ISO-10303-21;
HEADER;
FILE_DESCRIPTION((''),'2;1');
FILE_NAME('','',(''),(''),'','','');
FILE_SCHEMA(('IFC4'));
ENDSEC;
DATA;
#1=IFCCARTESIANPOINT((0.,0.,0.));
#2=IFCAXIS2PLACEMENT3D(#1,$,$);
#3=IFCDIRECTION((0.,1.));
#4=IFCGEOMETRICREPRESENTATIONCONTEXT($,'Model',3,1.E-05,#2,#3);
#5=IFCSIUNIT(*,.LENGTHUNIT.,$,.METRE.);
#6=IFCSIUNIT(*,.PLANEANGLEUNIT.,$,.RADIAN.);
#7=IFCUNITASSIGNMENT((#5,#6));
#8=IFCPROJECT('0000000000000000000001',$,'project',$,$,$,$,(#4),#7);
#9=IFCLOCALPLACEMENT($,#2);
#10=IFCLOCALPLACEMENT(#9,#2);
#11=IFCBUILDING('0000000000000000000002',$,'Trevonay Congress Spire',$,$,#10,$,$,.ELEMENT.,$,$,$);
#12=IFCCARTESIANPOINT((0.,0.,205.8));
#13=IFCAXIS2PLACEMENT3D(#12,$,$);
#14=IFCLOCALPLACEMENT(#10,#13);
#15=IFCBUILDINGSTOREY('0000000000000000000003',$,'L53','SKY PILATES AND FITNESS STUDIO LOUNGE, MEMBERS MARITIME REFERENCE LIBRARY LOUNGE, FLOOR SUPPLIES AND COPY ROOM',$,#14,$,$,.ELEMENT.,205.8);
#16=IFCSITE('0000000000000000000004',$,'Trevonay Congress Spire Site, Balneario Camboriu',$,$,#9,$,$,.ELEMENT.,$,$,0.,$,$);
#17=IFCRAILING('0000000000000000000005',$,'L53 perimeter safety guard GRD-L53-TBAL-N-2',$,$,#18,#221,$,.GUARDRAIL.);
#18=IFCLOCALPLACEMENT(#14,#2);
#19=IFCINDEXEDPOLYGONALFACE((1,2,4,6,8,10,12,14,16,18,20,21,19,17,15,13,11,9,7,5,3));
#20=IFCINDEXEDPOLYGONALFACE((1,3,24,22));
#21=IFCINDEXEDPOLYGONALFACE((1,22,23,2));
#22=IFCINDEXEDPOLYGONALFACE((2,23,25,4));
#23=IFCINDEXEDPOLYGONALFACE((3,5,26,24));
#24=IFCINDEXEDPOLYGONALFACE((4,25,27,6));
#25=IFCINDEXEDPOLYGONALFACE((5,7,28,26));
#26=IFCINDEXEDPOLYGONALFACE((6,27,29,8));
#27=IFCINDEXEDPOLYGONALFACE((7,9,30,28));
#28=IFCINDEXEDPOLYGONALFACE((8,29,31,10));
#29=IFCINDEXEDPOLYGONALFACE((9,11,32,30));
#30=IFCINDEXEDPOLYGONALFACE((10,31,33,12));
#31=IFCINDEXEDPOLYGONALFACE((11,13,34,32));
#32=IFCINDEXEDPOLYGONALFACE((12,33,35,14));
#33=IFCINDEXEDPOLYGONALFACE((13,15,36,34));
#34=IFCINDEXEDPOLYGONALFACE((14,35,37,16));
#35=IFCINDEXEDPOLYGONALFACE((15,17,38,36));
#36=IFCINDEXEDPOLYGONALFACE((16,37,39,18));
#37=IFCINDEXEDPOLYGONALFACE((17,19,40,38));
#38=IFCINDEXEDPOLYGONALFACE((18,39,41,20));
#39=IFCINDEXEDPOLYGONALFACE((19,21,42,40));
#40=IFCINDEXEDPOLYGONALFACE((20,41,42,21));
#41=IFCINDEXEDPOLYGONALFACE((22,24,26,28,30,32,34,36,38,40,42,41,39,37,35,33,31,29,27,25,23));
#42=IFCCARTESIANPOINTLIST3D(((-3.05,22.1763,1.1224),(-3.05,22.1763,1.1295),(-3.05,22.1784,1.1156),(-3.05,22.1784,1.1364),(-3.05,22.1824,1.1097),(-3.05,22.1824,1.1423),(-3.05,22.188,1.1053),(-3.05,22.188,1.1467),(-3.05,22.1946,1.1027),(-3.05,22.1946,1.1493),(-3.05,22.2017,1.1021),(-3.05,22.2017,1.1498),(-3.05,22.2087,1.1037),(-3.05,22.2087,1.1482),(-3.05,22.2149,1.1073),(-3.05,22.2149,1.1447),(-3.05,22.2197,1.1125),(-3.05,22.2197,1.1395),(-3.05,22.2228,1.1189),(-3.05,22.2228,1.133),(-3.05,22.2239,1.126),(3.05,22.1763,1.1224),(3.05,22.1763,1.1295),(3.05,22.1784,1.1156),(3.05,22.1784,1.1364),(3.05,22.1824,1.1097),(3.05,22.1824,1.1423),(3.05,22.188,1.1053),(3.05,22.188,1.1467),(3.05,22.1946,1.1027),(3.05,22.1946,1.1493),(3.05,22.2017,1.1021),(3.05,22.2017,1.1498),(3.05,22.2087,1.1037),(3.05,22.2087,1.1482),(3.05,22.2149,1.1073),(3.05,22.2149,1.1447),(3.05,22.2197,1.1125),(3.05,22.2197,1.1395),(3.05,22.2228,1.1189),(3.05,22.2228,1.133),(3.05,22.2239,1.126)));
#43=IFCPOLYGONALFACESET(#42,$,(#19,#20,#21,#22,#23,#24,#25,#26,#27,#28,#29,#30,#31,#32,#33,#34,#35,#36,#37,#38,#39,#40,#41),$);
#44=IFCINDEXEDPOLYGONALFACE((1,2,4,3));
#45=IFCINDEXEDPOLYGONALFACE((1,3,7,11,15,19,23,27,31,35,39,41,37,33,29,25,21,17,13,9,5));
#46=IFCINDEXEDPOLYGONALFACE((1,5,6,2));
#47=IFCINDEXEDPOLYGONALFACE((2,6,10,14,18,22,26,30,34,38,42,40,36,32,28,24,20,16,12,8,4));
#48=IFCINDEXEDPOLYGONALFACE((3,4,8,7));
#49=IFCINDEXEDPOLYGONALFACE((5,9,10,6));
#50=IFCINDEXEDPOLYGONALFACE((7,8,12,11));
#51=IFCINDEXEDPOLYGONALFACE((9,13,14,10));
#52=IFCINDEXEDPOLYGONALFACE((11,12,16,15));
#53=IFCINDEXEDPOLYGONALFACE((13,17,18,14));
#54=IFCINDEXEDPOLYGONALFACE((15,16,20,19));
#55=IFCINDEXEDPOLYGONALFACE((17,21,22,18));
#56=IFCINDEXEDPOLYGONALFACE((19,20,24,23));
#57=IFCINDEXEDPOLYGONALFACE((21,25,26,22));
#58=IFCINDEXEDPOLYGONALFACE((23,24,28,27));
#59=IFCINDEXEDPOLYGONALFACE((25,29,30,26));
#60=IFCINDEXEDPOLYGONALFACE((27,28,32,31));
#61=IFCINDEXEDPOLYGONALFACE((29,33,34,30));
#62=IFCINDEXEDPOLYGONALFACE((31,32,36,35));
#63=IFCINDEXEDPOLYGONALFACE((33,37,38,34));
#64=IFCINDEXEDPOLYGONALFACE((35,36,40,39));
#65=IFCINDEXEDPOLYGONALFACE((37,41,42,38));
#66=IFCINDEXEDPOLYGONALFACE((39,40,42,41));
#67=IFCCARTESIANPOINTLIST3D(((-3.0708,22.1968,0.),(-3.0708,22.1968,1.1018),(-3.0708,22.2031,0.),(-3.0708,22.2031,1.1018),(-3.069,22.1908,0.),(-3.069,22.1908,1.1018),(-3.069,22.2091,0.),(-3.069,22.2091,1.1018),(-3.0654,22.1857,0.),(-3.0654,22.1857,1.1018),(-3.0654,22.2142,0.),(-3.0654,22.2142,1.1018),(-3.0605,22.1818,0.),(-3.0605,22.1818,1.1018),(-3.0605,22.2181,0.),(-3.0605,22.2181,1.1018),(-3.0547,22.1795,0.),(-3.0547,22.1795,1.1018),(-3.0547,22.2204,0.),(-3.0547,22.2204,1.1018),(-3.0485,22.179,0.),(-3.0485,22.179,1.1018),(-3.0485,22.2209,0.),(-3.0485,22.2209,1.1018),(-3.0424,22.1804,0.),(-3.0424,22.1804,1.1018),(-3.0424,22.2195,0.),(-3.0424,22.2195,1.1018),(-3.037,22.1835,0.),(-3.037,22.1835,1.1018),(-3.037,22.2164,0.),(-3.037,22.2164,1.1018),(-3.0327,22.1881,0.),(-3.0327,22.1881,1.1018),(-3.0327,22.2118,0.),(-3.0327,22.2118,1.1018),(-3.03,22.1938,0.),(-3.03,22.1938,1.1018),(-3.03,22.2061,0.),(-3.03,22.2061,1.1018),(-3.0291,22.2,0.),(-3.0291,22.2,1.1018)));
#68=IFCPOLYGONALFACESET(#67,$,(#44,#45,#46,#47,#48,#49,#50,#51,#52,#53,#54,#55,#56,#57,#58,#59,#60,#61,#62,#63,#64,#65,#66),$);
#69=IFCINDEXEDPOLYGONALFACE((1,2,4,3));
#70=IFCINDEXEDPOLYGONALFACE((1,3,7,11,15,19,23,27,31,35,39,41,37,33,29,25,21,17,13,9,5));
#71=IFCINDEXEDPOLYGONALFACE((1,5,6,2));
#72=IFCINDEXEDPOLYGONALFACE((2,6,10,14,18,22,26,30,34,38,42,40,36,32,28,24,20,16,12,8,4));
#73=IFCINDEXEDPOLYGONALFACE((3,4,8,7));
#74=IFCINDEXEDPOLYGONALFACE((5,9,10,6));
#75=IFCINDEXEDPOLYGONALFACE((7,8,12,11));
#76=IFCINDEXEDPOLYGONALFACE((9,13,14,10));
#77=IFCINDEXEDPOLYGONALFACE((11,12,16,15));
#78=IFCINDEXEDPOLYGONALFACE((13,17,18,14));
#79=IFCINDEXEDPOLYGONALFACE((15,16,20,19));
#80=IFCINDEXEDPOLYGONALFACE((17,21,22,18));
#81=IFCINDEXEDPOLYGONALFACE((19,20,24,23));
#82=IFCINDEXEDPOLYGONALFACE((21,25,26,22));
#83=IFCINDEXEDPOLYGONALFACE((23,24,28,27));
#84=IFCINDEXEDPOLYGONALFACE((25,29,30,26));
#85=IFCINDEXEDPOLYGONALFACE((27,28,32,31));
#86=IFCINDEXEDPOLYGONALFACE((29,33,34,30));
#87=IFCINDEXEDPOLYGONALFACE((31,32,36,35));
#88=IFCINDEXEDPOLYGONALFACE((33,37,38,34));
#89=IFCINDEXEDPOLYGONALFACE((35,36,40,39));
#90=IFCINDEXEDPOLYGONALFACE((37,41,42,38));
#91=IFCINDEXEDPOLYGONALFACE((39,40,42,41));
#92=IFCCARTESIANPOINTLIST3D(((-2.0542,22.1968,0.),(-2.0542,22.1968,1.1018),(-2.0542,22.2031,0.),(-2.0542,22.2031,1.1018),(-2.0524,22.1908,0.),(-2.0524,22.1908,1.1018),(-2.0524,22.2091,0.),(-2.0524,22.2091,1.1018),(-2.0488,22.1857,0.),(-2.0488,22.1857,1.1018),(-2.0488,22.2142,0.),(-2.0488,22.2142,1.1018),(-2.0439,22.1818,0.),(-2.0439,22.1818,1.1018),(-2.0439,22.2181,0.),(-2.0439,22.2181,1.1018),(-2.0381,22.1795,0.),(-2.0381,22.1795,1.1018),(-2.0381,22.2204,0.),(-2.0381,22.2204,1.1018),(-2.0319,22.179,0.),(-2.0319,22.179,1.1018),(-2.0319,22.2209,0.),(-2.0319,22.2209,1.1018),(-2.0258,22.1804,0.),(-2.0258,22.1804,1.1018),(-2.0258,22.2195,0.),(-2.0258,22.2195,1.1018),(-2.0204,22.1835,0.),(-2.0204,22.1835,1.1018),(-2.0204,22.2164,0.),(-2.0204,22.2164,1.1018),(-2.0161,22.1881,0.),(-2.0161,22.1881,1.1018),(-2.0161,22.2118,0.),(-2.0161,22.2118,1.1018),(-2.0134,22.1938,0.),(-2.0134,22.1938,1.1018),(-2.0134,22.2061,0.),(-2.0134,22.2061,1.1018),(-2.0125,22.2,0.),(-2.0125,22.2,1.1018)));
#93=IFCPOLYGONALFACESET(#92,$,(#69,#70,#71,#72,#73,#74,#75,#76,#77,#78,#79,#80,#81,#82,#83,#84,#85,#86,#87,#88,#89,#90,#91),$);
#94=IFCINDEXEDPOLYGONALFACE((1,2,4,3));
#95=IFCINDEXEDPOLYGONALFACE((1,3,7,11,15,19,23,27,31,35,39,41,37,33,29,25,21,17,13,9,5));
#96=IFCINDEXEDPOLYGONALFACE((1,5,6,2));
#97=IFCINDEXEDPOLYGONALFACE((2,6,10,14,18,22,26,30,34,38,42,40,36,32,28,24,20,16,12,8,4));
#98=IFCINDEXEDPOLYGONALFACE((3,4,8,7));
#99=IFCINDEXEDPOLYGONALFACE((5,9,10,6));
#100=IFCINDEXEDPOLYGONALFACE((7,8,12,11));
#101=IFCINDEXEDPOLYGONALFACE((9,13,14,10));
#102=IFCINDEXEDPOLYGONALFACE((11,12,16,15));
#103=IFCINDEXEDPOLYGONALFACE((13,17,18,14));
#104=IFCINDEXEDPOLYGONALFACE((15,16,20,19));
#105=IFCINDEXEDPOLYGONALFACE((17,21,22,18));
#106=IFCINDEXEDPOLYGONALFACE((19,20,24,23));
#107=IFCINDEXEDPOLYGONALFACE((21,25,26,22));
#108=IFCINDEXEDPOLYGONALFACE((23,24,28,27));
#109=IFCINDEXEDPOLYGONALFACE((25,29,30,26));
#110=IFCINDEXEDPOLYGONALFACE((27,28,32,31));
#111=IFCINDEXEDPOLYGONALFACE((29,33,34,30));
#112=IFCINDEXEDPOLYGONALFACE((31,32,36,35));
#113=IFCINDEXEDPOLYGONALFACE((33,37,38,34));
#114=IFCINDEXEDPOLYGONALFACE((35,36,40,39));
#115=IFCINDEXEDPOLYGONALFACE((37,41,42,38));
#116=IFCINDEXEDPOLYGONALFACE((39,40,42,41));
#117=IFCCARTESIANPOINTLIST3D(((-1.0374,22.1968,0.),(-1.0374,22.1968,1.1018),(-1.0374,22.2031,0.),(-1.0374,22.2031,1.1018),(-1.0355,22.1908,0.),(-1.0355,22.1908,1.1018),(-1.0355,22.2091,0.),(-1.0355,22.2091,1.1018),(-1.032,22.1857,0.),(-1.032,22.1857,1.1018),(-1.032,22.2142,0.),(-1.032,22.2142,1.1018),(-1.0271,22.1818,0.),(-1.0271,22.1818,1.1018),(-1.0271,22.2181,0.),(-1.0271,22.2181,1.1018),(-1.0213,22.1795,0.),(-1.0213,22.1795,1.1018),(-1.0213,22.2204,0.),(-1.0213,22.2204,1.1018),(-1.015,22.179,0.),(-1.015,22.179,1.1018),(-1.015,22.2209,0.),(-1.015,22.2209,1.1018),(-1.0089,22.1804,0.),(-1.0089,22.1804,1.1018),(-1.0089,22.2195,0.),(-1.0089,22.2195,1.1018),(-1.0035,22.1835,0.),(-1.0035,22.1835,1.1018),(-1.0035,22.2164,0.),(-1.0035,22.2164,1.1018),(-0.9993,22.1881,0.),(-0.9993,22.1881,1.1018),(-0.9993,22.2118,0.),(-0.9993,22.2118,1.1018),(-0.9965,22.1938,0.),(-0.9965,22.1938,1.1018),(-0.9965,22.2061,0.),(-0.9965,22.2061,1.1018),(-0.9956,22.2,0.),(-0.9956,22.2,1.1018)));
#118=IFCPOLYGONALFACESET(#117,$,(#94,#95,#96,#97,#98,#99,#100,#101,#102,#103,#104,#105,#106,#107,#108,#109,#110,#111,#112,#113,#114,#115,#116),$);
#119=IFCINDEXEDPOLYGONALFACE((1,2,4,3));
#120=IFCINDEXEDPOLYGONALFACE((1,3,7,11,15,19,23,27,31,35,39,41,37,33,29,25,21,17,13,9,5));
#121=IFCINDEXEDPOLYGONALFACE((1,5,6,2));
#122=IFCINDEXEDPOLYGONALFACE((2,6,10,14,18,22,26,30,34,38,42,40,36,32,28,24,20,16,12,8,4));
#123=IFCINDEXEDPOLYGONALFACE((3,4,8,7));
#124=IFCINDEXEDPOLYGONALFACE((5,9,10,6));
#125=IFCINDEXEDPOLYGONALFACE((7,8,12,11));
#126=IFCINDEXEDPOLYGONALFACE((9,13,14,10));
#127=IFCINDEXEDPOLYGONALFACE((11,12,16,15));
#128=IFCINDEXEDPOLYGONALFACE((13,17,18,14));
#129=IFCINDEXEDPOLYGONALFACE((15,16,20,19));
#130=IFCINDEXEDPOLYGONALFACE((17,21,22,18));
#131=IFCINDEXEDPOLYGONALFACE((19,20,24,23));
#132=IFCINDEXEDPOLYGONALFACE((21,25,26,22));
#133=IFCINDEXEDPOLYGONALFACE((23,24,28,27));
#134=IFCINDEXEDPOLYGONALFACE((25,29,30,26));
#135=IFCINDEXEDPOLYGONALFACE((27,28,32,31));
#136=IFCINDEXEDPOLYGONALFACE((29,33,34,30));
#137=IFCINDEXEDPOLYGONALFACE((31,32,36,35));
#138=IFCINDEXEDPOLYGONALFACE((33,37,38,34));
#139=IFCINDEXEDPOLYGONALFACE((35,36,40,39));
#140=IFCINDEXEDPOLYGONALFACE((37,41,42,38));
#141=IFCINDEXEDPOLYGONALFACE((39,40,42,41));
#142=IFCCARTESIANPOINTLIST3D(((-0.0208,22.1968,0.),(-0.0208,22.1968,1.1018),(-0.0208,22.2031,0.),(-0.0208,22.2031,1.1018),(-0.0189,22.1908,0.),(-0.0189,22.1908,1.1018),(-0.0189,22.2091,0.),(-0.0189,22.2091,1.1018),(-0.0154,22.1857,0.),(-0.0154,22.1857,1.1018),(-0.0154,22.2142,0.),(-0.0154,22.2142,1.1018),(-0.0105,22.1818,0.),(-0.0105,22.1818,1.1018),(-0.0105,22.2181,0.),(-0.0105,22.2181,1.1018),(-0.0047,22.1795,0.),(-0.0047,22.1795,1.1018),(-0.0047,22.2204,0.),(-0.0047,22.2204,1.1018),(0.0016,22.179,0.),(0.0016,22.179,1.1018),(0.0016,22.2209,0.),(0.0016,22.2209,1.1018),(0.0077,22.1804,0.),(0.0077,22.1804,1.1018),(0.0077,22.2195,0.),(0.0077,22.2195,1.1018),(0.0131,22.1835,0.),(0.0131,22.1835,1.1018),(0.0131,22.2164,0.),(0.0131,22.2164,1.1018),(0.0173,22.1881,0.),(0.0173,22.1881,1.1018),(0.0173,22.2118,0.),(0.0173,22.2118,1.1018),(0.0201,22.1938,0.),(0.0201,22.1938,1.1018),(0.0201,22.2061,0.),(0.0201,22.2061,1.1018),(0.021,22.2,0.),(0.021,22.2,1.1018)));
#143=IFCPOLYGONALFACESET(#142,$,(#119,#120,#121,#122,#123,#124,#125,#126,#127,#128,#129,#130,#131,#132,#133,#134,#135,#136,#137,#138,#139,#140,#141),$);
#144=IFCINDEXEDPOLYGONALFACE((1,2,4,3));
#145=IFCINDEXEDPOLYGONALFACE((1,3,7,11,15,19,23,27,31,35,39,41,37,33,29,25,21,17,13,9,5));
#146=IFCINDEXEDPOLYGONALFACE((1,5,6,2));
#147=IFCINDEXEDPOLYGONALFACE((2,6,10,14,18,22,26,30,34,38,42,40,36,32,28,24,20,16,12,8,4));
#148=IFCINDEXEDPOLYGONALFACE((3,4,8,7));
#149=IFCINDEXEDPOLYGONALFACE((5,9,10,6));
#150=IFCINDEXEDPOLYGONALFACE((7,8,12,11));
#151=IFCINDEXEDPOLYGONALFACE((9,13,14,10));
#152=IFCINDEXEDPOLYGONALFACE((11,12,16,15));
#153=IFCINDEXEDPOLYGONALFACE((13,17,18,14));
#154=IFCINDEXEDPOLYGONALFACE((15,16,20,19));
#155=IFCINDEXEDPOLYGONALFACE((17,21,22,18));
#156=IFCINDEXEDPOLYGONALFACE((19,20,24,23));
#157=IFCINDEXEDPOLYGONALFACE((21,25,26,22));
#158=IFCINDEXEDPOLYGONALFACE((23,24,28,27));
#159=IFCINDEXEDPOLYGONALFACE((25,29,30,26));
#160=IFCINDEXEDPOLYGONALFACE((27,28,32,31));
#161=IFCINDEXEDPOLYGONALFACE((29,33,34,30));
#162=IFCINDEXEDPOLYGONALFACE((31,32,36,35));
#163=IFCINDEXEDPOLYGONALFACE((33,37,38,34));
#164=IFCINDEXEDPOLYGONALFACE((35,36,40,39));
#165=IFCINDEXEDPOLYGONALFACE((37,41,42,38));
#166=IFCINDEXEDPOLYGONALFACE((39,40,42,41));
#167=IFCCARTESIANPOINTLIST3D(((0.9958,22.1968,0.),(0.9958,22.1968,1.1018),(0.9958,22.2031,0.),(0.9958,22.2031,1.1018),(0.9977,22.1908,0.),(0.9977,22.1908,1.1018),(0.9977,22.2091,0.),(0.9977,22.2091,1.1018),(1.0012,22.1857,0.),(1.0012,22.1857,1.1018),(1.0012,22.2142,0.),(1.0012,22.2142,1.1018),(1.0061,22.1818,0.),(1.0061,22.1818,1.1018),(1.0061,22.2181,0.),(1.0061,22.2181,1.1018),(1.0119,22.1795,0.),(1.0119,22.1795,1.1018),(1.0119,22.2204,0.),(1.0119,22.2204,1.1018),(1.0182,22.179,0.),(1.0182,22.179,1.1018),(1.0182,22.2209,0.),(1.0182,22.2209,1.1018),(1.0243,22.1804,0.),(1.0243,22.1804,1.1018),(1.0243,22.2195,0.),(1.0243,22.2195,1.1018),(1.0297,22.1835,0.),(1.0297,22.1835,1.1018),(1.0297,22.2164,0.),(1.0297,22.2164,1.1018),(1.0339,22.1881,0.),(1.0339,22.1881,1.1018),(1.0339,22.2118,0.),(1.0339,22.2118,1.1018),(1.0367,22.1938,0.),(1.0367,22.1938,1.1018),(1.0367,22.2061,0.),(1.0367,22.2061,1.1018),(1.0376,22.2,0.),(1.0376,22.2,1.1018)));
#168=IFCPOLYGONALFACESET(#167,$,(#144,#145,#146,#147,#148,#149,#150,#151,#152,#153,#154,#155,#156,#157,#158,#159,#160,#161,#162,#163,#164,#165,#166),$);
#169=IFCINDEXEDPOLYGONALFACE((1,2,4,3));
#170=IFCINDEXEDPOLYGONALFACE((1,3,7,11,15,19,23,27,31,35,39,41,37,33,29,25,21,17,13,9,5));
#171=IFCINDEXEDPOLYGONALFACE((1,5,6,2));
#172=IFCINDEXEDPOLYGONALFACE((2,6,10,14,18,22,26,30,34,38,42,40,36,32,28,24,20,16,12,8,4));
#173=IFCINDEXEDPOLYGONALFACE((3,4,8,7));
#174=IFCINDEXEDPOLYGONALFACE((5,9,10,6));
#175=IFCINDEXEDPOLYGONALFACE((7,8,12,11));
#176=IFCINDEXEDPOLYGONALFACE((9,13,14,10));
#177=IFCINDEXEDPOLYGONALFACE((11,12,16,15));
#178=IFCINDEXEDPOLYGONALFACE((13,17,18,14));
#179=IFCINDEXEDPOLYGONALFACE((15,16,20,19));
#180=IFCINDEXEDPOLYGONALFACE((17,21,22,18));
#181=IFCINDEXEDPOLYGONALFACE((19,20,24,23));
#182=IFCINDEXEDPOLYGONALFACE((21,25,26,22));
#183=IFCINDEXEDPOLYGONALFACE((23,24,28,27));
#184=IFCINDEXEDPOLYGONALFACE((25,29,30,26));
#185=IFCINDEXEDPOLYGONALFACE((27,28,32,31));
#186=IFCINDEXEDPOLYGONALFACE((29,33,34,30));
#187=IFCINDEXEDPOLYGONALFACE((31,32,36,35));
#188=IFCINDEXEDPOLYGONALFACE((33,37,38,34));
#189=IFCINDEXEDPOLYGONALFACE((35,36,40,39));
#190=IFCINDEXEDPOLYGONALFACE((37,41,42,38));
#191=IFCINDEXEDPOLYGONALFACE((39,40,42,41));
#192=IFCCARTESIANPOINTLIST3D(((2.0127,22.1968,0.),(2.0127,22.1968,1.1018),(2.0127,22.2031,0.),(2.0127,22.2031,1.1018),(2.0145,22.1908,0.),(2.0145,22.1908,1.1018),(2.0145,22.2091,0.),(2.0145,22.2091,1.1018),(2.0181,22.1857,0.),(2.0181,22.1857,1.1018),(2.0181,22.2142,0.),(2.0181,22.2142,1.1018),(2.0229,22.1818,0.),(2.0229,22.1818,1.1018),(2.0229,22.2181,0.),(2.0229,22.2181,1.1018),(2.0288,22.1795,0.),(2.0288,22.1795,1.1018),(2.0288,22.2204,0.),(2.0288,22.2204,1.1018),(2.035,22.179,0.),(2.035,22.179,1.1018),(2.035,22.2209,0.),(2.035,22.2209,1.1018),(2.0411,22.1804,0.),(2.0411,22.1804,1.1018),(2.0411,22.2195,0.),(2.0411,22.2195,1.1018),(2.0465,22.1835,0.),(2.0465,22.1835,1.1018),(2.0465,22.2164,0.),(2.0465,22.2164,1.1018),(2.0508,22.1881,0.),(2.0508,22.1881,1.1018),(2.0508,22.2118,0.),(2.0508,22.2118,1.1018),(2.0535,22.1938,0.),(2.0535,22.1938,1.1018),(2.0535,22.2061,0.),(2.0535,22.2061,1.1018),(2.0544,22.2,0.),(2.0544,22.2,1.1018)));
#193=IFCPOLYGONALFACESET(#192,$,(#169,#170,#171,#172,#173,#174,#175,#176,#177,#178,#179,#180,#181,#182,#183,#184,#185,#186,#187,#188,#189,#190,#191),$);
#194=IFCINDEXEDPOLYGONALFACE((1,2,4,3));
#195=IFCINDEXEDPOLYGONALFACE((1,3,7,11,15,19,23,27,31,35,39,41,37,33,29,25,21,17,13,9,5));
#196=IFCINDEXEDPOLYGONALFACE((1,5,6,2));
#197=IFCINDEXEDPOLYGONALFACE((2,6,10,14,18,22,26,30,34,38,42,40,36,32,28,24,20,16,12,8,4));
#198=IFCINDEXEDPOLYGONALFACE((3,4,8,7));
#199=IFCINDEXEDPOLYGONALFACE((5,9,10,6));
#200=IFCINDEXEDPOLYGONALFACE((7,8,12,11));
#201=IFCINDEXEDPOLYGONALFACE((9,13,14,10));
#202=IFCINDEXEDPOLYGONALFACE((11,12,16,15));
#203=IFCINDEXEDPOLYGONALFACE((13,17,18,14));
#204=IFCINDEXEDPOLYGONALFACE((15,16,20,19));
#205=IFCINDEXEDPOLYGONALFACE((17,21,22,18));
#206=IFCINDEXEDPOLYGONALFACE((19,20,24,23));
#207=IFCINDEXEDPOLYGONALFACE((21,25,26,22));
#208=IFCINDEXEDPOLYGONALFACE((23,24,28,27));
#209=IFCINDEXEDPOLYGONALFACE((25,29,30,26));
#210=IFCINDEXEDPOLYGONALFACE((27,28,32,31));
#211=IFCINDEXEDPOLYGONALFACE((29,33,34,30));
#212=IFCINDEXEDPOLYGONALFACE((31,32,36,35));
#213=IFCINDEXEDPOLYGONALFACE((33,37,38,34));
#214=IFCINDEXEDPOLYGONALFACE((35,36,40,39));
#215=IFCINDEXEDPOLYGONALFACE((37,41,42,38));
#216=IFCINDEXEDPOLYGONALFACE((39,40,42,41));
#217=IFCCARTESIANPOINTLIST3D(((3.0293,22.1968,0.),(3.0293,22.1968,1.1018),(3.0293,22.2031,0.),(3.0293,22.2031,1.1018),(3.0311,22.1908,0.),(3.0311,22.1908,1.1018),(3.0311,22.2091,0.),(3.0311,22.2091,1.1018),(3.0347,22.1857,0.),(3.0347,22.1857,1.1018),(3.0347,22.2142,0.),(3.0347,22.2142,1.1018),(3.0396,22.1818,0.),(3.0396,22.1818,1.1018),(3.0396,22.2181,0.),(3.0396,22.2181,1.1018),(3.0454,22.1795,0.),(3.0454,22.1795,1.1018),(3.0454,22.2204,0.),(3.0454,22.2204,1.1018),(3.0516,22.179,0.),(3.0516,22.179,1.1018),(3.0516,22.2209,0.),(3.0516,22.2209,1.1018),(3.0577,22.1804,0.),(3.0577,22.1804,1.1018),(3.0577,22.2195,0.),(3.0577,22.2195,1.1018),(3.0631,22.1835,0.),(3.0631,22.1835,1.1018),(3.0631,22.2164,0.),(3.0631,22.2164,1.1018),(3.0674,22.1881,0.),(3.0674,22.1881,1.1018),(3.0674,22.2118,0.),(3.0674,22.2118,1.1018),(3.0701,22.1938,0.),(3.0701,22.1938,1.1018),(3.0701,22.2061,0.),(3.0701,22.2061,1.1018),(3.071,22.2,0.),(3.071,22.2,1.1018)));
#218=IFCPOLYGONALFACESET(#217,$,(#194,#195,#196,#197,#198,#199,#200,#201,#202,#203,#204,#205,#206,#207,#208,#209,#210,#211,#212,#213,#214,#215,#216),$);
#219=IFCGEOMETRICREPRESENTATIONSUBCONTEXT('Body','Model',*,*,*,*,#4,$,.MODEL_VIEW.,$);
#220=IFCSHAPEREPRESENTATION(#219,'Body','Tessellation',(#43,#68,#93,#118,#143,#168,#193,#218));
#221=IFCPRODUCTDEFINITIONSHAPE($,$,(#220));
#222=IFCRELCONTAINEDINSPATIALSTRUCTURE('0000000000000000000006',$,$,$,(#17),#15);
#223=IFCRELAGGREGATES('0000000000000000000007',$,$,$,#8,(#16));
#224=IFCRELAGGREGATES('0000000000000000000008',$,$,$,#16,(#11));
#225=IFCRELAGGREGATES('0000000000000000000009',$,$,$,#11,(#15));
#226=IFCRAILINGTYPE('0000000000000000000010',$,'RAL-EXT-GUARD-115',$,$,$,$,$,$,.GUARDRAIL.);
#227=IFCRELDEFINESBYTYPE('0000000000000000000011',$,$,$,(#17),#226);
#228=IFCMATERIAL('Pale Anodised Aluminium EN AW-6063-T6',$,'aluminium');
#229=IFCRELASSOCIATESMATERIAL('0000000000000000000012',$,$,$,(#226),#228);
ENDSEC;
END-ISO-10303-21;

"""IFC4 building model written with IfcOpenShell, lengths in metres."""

from ifc_helpers import new_model, si_unit, direction, frame, origin, origin_2d, place, context, subcontext, project, spatial, circle, extrude, material, type_object, element, save


model = new_model("IFC4")

# Units and contexts
model_context = context("Model", 3, precision=1e-05, world=origin(), true_north=direction((0.0, 1.0)))
body_context = subcontext(model_context, "Body", "Model", "MODEL_VIEW")
ifc_project = project(units=[si_unit("LENGTHUNIT", "METRE"), si_unit("PLANEANGLEUNIT", "RADIAN")], contexts=[model_context])

# Site, building, storey
site_placement = place(None, origin())
site = spatial("IfcSite", under=ifc_project, at=site_placement, Name="Trevonay Congress Spire Site, Balneario Camboriu", CompositionType="ELEMENT", RefElevation=0.0)
building_placement = place(site_placement, origin())
building = spatial("IfcBuilding", under=site, at=building_placement, Name="Trevonay Congress Spire", CompositionType="ELEMENT")
storey_placement = place(building_placement, frame((0.0, 0.0, 205.8)))
storey = spatial("IfcBuildingStorey", under=building, at=storey_placement, Name="L53", Description="SKY PILATES AND FITNESS STUDIO LOUNGE, MEMBERS MARITIME REFERENCE LIBRARY LOUNGE, FLOOR SUPPLIES AND COPY ROOM", CompositionType="ELEMENT", Elevation=205.8)

# Shared definitions
ifc_material_1 = material(Name="Pale Anodised Aluminium EN AW-6063-T6", Category="aluminium")

# Railing
railing_type = type_object("IfcRailingType", Name="RAL-EXT-GUARD-115", PredefinedType="GUARDRAIL", material=ifc_material_1)
railing_1_placement = place(storey_placement, frame((-3.05, 22.2, 0.0)))
element("IfcRailing", 1, at=railing_1_placement, inside=storey, type_object=railing_type, Name="L53 perimeter safety guard GRD-L53-TBAL-N-2", PredefinedType="GUARDRAIL", context=body_context, shape_type="SweptSolid", body=[
    extrude(circle(Radius=0.0239, at=origin_2d()), frame((0.0, 0.0, 1.126), z_axis=(1.0, 0.0, 0.0), x_axis=(0.0, 1.0, 0.0)), (0.0, 0.0, 1.0), 6.1001),
    extrude(circle(Radius=0.021, at=origin_2d()), origin(), (0.0, 0.0, 1.0), 1.1018),
    extrude(circle(Radius=0.021, at=origin_2d()), frame((1.0166, 0.0, 0.0)), (0.0, 0.0, 1.0), 1.1018),
    extrude(circle(Radius=0.021, at=origin_2d()), frame((2.0334, 0.0, 0.0)), (0.0, 0.0, 1.0), 1.1018),
    extrude(circle(Radius=0.021, at=origin_2d()), frame((3.05, 0.0, 0.0)), (0.0, 0.0, 1.0), 1.1018),
    extrude(circle(Radius=0.021, at=origin_2d()), frame((4.0667, 0.0, 0.0)), (0.0, 0.0, 1.0), 1.1018),
    extrude(circle(Radius=0.021, at=origin_2d()), frame((5.0835, 0.0, 0.0)), (0.0, 0.0, 1.0), 1.1018),
    extrude(circle(Radius=0.021, at=origin_2d()), frame((6.1001, 0.0, 0.0)), (0.0, 0.0, 1.0), 1.1018),
])

save(model, "model.ifc")
